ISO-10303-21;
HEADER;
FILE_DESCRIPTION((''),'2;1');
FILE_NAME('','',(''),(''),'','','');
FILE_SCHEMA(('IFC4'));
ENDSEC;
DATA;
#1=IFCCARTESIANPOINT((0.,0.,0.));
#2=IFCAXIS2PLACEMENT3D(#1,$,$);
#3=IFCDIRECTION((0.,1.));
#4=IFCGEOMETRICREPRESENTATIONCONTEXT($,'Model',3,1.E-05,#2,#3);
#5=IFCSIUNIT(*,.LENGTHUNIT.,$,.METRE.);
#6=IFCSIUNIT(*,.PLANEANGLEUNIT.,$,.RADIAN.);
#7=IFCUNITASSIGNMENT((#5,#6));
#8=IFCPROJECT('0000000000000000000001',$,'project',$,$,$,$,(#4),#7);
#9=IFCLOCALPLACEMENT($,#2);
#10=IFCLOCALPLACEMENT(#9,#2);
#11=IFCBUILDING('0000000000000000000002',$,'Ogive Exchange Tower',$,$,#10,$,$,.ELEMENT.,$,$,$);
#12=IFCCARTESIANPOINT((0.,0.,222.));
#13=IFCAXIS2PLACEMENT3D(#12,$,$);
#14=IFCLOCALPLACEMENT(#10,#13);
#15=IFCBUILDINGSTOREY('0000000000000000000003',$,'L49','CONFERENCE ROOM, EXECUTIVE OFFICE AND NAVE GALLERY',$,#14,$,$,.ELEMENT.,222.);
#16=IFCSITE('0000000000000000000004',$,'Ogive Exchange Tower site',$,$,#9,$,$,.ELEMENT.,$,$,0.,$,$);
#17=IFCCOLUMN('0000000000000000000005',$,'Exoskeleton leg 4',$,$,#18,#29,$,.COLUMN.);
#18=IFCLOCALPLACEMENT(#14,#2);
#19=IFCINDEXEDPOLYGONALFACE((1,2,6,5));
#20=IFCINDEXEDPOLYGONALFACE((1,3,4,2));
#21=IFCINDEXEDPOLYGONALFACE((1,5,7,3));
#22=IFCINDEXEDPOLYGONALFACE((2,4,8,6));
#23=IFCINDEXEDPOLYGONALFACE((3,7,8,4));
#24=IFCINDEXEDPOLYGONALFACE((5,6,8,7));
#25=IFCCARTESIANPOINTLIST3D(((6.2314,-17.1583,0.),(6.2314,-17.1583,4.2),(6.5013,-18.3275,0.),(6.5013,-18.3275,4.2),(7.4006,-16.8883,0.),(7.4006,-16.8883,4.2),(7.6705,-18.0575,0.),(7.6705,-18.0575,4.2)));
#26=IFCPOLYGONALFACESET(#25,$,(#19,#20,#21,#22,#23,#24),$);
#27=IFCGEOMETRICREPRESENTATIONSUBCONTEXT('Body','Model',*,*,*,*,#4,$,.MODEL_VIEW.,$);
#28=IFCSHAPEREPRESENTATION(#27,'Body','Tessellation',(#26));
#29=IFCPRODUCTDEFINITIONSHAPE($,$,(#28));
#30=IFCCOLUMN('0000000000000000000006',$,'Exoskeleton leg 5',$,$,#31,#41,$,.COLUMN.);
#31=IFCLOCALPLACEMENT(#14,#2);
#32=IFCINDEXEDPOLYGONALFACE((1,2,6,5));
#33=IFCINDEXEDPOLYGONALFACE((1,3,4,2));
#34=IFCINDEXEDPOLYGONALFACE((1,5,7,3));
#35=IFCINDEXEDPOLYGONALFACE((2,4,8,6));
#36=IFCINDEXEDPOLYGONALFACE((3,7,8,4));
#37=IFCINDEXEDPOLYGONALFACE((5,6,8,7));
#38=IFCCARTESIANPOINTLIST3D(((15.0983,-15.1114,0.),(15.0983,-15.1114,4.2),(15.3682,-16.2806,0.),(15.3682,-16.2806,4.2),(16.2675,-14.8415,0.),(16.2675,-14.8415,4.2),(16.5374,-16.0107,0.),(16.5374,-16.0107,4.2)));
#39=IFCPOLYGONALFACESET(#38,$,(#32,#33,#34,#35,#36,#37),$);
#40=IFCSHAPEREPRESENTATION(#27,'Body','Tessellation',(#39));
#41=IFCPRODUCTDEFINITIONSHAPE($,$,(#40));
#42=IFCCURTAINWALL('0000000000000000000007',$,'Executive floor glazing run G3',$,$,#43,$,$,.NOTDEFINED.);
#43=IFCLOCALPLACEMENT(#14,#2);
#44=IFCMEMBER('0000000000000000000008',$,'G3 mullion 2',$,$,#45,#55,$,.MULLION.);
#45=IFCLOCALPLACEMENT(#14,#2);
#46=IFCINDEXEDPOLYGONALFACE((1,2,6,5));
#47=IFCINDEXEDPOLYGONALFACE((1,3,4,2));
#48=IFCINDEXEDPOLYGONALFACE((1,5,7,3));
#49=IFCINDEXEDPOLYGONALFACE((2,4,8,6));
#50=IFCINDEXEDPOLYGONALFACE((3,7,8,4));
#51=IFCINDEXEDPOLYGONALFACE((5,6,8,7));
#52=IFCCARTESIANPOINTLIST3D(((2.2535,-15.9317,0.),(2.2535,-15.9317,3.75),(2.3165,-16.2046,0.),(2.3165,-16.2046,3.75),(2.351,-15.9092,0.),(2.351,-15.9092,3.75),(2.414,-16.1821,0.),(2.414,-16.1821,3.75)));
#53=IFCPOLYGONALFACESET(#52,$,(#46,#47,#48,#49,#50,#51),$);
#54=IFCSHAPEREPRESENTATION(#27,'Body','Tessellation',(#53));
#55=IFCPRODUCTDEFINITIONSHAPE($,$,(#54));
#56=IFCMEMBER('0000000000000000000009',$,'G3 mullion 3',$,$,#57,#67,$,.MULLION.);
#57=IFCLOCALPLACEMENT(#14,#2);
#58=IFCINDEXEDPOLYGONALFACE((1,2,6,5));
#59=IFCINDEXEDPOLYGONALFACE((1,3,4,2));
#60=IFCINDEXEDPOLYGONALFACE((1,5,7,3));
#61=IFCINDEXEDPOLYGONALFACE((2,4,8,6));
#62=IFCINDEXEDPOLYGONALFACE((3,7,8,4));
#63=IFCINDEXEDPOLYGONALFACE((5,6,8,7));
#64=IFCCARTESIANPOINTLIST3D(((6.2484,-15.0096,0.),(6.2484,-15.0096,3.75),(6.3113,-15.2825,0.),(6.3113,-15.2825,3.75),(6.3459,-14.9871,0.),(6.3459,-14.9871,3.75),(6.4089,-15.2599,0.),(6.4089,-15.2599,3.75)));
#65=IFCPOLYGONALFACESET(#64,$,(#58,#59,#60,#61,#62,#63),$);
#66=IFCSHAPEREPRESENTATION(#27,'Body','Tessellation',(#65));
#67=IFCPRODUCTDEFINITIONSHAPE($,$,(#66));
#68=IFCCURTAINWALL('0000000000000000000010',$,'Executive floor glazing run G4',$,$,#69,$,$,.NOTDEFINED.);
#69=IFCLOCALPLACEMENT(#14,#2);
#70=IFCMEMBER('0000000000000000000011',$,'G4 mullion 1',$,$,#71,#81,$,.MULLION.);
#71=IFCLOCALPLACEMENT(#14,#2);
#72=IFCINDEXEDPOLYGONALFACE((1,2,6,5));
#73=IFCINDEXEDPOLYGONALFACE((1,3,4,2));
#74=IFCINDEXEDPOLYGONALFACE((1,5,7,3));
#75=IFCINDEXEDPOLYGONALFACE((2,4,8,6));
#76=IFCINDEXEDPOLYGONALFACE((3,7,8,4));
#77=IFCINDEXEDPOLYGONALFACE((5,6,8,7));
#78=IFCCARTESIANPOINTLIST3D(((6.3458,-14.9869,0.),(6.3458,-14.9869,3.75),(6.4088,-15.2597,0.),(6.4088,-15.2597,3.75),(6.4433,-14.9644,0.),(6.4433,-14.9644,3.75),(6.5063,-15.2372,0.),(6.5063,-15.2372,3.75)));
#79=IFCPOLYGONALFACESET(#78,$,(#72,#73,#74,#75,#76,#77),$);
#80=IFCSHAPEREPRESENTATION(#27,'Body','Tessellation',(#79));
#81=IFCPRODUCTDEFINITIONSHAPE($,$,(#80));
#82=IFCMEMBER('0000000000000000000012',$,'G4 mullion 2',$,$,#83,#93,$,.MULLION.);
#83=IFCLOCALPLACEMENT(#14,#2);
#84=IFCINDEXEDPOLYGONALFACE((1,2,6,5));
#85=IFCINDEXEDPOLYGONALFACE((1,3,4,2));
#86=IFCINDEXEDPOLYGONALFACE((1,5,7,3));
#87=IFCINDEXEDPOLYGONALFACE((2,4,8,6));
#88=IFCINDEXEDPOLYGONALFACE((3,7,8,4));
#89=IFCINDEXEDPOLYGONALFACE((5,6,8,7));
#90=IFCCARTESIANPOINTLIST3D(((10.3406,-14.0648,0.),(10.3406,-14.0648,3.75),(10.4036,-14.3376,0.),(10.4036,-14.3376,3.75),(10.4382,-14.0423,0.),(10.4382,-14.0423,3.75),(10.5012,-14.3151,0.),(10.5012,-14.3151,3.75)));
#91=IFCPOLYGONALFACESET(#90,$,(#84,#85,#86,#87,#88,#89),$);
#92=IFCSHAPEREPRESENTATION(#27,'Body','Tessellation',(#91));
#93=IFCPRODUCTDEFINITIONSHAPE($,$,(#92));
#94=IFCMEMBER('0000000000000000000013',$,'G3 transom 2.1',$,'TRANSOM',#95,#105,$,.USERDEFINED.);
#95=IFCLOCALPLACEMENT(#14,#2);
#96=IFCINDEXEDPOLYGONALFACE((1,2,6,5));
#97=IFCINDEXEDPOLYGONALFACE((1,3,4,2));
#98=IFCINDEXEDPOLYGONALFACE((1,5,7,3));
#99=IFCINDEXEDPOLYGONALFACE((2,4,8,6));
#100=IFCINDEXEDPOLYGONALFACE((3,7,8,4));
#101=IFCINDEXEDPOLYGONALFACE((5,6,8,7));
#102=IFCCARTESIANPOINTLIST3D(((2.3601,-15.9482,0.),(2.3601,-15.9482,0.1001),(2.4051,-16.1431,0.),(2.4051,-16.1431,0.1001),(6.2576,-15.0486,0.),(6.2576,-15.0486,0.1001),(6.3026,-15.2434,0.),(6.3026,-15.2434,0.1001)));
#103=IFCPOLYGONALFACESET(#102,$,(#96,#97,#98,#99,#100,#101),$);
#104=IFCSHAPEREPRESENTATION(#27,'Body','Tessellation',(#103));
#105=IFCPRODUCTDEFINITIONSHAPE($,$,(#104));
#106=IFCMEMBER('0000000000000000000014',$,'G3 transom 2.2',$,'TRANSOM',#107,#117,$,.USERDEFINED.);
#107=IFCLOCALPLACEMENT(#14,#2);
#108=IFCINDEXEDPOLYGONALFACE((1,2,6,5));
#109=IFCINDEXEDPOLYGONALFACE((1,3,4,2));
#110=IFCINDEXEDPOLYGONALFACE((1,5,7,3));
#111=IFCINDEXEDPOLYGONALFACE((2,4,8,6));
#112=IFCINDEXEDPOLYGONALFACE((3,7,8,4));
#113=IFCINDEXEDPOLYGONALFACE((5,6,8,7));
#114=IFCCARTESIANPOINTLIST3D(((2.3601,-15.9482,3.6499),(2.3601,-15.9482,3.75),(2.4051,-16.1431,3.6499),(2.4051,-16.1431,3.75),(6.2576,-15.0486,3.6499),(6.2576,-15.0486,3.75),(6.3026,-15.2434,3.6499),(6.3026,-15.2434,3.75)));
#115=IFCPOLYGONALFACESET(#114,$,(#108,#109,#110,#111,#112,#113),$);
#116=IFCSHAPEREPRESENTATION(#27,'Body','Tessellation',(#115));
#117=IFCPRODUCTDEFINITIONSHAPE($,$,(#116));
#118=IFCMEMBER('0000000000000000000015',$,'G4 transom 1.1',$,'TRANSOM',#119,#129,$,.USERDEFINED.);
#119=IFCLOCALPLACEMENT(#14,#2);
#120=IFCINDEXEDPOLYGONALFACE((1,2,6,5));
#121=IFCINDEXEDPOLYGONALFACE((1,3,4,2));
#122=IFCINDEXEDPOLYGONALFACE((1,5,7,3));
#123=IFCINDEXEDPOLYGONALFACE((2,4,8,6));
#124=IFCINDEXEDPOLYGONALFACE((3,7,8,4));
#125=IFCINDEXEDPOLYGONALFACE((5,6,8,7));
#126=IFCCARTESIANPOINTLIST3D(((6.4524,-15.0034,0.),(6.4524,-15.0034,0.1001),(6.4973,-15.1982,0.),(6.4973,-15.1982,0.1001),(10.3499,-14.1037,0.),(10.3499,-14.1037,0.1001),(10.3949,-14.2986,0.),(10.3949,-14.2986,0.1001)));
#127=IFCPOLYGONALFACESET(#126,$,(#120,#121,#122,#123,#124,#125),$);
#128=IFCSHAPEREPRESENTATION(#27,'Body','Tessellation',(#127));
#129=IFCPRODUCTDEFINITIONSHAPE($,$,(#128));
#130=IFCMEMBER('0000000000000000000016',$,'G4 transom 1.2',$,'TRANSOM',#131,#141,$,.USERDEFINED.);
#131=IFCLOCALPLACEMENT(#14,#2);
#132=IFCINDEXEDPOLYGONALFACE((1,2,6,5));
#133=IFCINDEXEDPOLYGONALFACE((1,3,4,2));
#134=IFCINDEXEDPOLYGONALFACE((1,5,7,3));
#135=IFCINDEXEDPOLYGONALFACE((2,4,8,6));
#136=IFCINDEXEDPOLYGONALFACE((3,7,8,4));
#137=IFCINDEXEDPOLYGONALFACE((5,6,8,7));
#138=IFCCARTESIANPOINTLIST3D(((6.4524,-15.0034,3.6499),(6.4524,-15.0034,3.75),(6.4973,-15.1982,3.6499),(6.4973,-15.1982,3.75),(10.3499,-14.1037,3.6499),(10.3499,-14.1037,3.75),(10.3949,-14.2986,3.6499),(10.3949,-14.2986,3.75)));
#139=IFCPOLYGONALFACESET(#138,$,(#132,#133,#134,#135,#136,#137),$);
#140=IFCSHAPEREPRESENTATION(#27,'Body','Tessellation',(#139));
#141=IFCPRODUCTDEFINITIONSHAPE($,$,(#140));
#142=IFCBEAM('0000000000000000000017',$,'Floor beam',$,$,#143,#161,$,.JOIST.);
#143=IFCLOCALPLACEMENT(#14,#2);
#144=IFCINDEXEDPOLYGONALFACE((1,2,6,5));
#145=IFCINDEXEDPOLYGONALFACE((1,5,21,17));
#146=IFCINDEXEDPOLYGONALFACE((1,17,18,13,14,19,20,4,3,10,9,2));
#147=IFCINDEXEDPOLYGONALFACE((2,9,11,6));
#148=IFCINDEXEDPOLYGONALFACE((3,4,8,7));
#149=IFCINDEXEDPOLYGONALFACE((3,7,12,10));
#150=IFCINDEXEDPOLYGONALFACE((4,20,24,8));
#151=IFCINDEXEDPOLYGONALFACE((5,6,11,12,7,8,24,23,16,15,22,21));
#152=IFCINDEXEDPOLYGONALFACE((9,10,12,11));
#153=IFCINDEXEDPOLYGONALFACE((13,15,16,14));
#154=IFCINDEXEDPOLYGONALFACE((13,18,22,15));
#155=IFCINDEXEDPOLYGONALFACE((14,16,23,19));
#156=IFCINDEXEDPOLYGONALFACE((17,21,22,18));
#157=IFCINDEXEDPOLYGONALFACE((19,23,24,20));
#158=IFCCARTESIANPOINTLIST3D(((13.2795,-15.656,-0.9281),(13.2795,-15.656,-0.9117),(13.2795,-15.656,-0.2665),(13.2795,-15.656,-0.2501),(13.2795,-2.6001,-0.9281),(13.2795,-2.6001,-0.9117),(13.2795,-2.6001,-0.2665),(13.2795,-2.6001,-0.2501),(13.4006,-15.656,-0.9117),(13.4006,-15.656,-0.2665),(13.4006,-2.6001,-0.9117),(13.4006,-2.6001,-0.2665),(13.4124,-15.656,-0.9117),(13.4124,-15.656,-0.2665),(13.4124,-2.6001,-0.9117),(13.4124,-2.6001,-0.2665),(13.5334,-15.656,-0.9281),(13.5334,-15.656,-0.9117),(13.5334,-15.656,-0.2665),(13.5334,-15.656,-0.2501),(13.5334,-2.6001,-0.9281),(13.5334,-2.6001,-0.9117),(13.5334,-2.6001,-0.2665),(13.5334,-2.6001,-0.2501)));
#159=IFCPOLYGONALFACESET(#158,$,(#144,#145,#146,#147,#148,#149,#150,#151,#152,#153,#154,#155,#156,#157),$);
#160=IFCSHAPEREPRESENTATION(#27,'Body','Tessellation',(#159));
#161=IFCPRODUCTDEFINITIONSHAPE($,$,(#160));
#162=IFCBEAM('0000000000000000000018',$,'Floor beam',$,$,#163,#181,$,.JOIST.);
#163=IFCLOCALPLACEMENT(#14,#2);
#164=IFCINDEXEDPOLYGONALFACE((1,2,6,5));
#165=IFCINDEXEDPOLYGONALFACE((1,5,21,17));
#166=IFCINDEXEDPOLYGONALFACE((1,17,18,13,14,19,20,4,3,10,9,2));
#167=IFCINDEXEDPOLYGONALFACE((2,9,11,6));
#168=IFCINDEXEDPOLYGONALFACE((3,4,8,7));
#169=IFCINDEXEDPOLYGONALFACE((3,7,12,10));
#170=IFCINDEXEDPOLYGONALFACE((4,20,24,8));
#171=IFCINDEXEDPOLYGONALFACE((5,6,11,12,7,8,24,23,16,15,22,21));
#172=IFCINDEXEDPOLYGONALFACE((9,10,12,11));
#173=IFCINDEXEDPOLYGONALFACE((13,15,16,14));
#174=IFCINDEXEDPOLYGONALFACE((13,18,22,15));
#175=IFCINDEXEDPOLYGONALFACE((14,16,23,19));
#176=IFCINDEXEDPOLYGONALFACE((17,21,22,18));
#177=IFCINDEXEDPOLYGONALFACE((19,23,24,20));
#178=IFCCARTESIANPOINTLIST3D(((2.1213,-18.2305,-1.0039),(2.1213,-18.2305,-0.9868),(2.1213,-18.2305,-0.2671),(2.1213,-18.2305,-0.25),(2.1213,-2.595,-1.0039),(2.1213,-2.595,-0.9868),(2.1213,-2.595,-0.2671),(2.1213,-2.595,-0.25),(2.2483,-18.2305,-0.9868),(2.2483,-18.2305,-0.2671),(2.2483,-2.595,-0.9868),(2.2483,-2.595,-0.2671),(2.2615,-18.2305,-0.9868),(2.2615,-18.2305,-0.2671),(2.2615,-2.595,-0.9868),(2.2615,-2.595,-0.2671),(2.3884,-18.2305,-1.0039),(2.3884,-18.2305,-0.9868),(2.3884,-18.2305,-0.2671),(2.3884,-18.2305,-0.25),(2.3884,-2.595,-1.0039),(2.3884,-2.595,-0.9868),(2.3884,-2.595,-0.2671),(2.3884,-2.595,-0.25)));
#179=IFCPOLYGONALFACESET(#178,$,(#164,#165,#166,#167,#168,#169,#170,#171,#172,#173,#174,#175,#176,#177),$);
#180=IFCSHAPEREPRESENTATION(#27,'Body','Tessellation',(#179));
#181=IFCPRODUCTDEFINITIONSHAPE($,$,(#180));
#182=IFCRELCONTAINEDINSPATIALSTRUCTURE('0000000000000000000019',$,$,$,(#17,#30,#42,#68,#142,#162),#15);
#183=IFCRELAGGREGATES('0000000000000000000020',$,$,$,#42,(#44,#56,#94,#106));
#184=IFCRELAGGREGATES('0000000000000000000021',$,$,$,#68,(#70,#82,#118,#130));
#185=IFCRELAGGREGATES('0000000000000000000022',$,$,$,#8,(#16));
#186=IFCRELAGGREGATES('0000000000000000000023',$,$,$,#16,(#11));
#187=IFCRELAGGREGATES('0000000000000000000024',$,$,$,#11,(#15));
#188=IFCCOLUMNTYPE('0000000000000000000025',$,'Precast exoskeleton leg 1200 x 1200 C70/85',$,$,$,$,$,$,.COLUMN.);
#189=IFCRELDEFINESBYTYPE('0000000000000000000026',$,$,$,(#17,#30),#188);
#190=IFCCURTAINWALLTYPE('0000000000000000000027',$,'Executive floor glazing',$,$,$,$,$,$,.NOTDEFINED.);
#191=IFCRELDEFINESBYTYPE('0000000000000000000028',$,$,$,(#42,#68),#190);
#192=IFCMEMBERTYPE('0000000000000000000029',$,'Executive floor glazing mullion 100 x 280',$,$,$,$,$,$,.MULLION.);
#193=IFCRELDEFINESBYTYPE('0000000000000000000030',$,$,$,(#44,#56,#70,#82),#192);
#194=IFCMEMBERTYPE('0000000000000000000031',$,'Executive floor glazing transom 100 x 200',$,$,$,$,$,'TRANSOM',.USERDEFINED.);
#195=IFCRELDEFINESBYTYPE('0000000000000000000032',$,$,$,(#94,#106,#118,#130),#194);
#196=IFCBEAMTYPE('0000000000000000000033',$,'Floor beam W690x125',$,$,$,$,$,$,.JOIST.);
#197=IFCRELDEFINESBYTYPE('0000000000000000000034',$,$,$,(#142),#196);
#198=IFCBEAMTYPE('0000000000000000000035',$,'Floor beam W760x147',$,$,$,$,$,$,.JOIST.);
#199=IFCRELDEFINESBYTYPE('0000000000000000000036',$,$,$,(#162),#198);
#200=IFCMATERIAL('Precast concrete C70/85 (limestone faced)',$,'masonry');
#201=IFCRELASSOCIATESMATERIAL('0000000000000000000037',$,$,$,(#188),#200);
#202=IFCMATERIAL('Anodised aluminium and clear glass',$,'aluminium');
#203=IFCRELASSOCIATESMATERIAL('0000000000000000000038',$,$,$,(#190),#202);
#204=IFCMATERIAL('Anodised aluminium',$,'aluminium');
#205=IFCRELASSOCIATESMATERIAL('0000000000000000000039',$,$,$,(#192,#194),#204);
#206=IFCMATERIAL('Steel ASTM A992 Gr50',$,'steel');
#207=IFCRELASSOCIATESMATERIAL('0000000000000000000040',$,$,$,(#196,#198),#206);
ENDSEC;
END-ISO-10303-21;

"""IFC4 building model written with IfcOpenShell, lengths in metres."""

from ifc_helpers import new_model, si_unit, direction, frame, origin, origin_2d, place, context, subcontext, project, spatial, rectangle, i_section, extrude, material, material_profile, profile_set, type_object, element, aggregate, save


model = new_model("IFC4")

# Units and contexts
model_context = context("Model", 3, precision=1e-05, world=origin(), true_north=direction((0.0, 1.0)))
body_context = subcontext(model_context, "Body", "Model", "MODEL_VIEW")
ifc_project = project(units=[si_unit("LENGTHUNIT", "METRE"), si_unit("PLANEANGLEUNIT", "RADIAN")], contexts=[model_context])

# Site, building, storey
site_placement = place(None, origin())
site = spatial("IfcSite", under=ifc_project, at=site_placement, Name="Ogive Exchange Tower site", CompositionType="ELEMENT", RefElevation=0.0)
building_placement = place(site_placement, origin())
building = spatial("IfcBuilding", under=site, at=building_placement, Name="Ogive Exchange Tower", CompositionType="ELEMENT")
storey_placement = place(building_placement, frame((0.0, 0.0, 222.0)))
storey = spatial("IfcBuildingStorey", under=building, at=storey_placement, Name="L49", Description="CONFERENCE ROOM, EXECUTIVE OFFICE AND NAVE GALLERY", CompositionType="ELEMENT", Elevation=222.0)

# Columns
ifc_material_1 = material(Name="Precast concrete C70/85 (limestone faced)", Category="masonry")
ifc_material_profile_1 = material_profile(ifc_material_1, rectangle(XDim=1.2, YDim=1.2, at=origin_2d()), Name="1200 x 1200")
ifc_profile_set_1 = profile_set([ifc_material_profile_1], Name="Precast concrete C70/85 (limestone faced)")
column_type = type_object("IfcColumnType", Name="Precast exoskeleton leg 1200 x 1200 C70/85", PredefinedType="COLUMN", material=ifc_profile_set_1)
for number, where, z_axis, x_axis, name in (
    (1, (6.9509, -17.6079, 0.0), (0.0, 0.0, 1.0), (0.97437, 0.224951, 0.0), "Exoskeleton leg 4"),
    (2, (15.8179, -15.561, 0.0), (0.0, 0.0, 1.0), (0.97437, 0.224951, 0.0), "Exoskeleton leg 5"),
):
    element("IfcColumn", number, at=place(storey_placement, frame(where, z_axis=z_axis, x_axis=x_axis)), inside=storey, type_object=column_type, Name=name, PredefinedType="COLUMN", context=body_context, shape_type="SweptSolid", body=[
        extrude(rectangle(XDim=1.2, YDim=1.2, at=origin_2d()), origin(), (0.0, 0.0, 1.0), 4.2),
    ])

# Curtain walls, members
ifc_material_2 = material(Name="Anodised aluminium and clear glass", Category="aluminium")
curtain_wall_type = type_object("IfcCurtainWallType", Name="Executive floor glazing", PredefinedType="NOTDEFINED", material=ifc_material_2)
curtain_wall_1_placement = place(storey_placement, origin())
curtain_wall_1 = element("IfcCurtainWall", 3, at=curtain_wall_1_placement, inside=storey, type_object=curtain_wall_type, Name="Executive floor glazing run G3", PredefinedType="NOTDEFINED")
ifc_material_3 = material(Name="Anodised aluminium", Category="aluminium")
ifc_material_profile_2 = material_profile(ifc_material_3, rectangle(XDim=0.28, YDim=0.1001, at=origin_2d()), Name="AL 100x280")
ifc_profile_set_2 = profile_set([ifc_material_profile_2], Name="Anodised aluminium")
member_type_1 = type_object("IfcMemberType", Name="Executive floor glazing mullion 100 x 280", PredefinedType="MULLION", material=ifc_profile_set_2)
member_1_placement = place(storey_placement, frame((2.3337, -16.0569, 0.0), z_axis=(0.0, 0.0, 1.0), x_axis=(-0.224951, 0.97437, 0.0)))
member_1 = element("IfcMember", 4, at=member_1_placement, type_object=member_type_1, Name="G3 mullion 2", PredefinedType="MULLION", context=body_context, shape_type="SweptSolid", body=[
    extrude(rectangle(XDim=0.28, YDim=0.1001, at=origin_2d()), origin(), (0.0, 0.0, 1.0), 3.75),
])
member_2_placement = place(storey_placement, frame((6.3286, -15.1348, 0.0), z_axis=(0.0, 0.0, 1.0), x_axis=(-0.224951, 0.97437, 0.0)))
member_2 = element("IfcMember", 5, at=member_2_placement, type_object=member_type_1, Name="G3 mullion 3", PredefinedType="MULLION", context=body_context, shape_type="SweptSolid", body=[
    extrude(rectangle(XDim=0.28, YDim=0.1001, at=origin_2d()), origin(), (0.0, 0.0, 1.0), 3.75),
])
curtain_wall_2_placement = place(storey_placement, origin())
curtain_wall_2 = element("IfcCurtainWall", 6, at=curtain_wall_2_placement, inside=storey, type_object=curtain_wall_type, Name="Executive floor glazing run G4", PredefinedType="NOTDEFINED")
member_3_placement = place(storey_placement, frame((6.426, -15.1121, 0.0), z_axis=(0.0, 0.0, 1.0), x_axis=(-0.224954, 0.974369, 0.0)))
member_3 = element("IfcMember", 7, at=member_3_placement, type_object=member_type_1, Name="G4 mullion 1", PredefinedType="MULLION", context=body_context, shape_type="SweptSolid", body=[
    extrude(rectangle(XDim=0.28, YDim=0.1001, at=origin_2d()), origin(), (0.0, 0.0, 1.0), 3.75),
])
member_4_placement = place(storey_placement, frame((10.4209, -14.1899, 0.0), z_axis=(0.0, 0.0, 1.0), x_axis=(-0.224954, 0.974369, 0.0)))
member_4 = element("IfcMember", 8, at=member_4_placement, type_object=member_type_1, Name="G4 mullion 2", PredefinedType="MULLION", context=body_context, shape_type="SweptSolid", body=[
    extrude(rectangle(XDim=0.28, YDim=0.1001, at=origin_2d()), origin(), (0.0, 0.0, 1.0), 3.75),
])

# Members
ifc_material_profile_3 = material_profile(ifc_material_3, rectangle(XDim=0.2, YDim=0.1001, at=origin_2d()), Name="AL 100x200")
ifc_profile_set_3 = profile_set([ifc_material_profile_3], Name="Anodised aluminium")
member_type_2 = type_object("IfcMemberType", Name="Executive floor glazing transom 100 x 200", ElementType="TRANSOM", PredefinedType="USERDEFINED", material=ifc_profile_set_3)
member_5_placement = place(storey_placement, frame((2.3826, -16.0457, 0.05), z_axis=(0.974378, 0.224917, 0.0), x_axis=(-0.224917, 0.974378, 0.0)))
member_5 = element("IfcMember", 9, at=member_5_placement, type_object=member_type_2, Name="G3 transom 2.1", ObjectType="TRANSOM", PredefinedType="USERDEFINED", context=body_context, shape_type="SweptSolid", body=[
    extrude(rectangle(XDim=0.2, YDim=0.1001, at=origin_2d()), origin(), (0.0, 0.0, 1.0), 4.0),
])
member_6_placement = place(storey_placement, frame((2.3826, -16.0457, 3.7), z_axis=(0.974378, 0.224917, 0.0), x_axis=(-0.224917, 0.974378, 0.0)))
member_6 = element("IfcMember", 10, at=member_6_placement, type_object=member_type_2, Name="G3 transom 2.2", ObjectType="TRANSOM", PredefinedType="USERDEFINED", context=body_context, shape_type="SweptSolid", body=[
    extrude(rectangle(XDim=0.2, YDim=0.1001, at=origin_2d()), origin(), (0.0, 0.0, 1.0), 4.0),
])
member_7_placement = place(storey_placement, frame((6.4749, -15.1008, 0.05), z_axis=(0.974378, 0.224917, 0.0), x_axis=(-0.224917, 0.974378, 0.0)))
member_7 = element("IfcMember", 11, at=member_7_placement, type_object=member_type_2, Name="G4 transom 1.1", ObjectType="TRANSOM", PredefinedType="USERDEFINED", context=body_context, shape_type="SweptSolid", body=[
    extrude(rectangle(XDim=0.2, YDim=0.1001, at=origin_2d()), origin(), (0.0, 0.0, 1.0), 4.0),
])
member_8_placement = place(storey_placement, frame((6.4749, -15.1008, 3.7), z_axis=(0.974378, 0.224917, 0.0), x_axis=(-0.224917, 0.974378, 0.0)))
member_8 = element("IfcMember", 12, at=member_8_placement, type_object=member_type_2, Name="G4 transom 1.2", ObjectType="TRANSOM", PredefinedType="USERDEFINED", context=body_context, shape_type="SweptSolid", body=[
    extrude(rectangle(XDim=0.2, YDim=0.1001, at=origin_2d()), origin(), (0.0, 0.0, 1.0), 4.0),
])

# Beams
ifc_material_4 = material(Name="Steel ASTM A992 Gr50", Category="steel")
ifc_material_profile_4 = material_profile(ifc_material_4, i_section(OverallWidth=0.2539, OverallDepth=0.678, WebThickness=0.0117, FlangeThickness=0.0164, at=origin_2d()), Name="W690x125")
ifc_profile_set_4 = profile_set([ifc_material_profile_4], Name="Steel ASTM A992 Gr50")
beam_type_1 = type_object("IfcBeamType", Name="Floor beam W690x125", PredefinedType="JOIST", material=ifc_profile_set_4)
beam_1_placement = place(storey_placement, frame((13.4065, -15.656, -0.5891), z_axis=(0.0, 1.0, 0.0), x_axis=(-1.0, 0.0, 0.0)))
element("IfcBeam", 13, at=beam_1_placement, inside=storey, type_object=beam_type_1, Name="Floor beam", PredefinedType="JOIST", context=body_context, shape_type="SweptSolid", body=[
    extrude(i_section(OverallWidth=0.2539, OverallDepth=0.678, WebThickness=0.0117, FlangeThickness=0.0164, at=origin_2d()), origin(), (0.0, 0.0, 1.0), 13.0559),
])
ifc_material_profile_5 = material_profile(ifc_material_4, i_section(OverallWidth=0.2671, OverallDepth=0.7539, WebThickness=0.0132, FlangeThickness=0.0171, at=origin_2d()), Name="W760x147")
ifc_profile_set_5 = profile_set([ifc_material_profile_5], Name="Steel ASTM A992 Gr50")
beam_type_2 = type_object("IfcBeamType", Name="Floor beam W760x147", PredefinedType="JOIST", material=ifc_profile_set_5)
beam_2_placement = place(storey_placement, frame((2.2549, -18.2305, -0.627), z_axis=(0.0, 1.0, 0.0), x_axis=(-1.0, 0.0, 0.0)))
element("IfcBeam", 14, at=beam_2_placement, inside=storey, type_object=beam_type_2, Name="Floor beam", PredefinedType="JOIST", context=body_context, shape_type="SweptSolid", body=[
    extrude(i_section(OverallWidth=0.2671, OverallDepth=0.7539, WebThickness=0.0132, FlangeThickness=0.0171, at=origin_2d()), origin(), (0.0, 0.0, 1.0), 15.6355),
])

aggregate(curtain_wall_1, [member_1, member_2, member_5, member_6])
aggregate(curtain_wall_2, [member_3, member_4, member_7, member_8])

save(model, "model.ifc")
